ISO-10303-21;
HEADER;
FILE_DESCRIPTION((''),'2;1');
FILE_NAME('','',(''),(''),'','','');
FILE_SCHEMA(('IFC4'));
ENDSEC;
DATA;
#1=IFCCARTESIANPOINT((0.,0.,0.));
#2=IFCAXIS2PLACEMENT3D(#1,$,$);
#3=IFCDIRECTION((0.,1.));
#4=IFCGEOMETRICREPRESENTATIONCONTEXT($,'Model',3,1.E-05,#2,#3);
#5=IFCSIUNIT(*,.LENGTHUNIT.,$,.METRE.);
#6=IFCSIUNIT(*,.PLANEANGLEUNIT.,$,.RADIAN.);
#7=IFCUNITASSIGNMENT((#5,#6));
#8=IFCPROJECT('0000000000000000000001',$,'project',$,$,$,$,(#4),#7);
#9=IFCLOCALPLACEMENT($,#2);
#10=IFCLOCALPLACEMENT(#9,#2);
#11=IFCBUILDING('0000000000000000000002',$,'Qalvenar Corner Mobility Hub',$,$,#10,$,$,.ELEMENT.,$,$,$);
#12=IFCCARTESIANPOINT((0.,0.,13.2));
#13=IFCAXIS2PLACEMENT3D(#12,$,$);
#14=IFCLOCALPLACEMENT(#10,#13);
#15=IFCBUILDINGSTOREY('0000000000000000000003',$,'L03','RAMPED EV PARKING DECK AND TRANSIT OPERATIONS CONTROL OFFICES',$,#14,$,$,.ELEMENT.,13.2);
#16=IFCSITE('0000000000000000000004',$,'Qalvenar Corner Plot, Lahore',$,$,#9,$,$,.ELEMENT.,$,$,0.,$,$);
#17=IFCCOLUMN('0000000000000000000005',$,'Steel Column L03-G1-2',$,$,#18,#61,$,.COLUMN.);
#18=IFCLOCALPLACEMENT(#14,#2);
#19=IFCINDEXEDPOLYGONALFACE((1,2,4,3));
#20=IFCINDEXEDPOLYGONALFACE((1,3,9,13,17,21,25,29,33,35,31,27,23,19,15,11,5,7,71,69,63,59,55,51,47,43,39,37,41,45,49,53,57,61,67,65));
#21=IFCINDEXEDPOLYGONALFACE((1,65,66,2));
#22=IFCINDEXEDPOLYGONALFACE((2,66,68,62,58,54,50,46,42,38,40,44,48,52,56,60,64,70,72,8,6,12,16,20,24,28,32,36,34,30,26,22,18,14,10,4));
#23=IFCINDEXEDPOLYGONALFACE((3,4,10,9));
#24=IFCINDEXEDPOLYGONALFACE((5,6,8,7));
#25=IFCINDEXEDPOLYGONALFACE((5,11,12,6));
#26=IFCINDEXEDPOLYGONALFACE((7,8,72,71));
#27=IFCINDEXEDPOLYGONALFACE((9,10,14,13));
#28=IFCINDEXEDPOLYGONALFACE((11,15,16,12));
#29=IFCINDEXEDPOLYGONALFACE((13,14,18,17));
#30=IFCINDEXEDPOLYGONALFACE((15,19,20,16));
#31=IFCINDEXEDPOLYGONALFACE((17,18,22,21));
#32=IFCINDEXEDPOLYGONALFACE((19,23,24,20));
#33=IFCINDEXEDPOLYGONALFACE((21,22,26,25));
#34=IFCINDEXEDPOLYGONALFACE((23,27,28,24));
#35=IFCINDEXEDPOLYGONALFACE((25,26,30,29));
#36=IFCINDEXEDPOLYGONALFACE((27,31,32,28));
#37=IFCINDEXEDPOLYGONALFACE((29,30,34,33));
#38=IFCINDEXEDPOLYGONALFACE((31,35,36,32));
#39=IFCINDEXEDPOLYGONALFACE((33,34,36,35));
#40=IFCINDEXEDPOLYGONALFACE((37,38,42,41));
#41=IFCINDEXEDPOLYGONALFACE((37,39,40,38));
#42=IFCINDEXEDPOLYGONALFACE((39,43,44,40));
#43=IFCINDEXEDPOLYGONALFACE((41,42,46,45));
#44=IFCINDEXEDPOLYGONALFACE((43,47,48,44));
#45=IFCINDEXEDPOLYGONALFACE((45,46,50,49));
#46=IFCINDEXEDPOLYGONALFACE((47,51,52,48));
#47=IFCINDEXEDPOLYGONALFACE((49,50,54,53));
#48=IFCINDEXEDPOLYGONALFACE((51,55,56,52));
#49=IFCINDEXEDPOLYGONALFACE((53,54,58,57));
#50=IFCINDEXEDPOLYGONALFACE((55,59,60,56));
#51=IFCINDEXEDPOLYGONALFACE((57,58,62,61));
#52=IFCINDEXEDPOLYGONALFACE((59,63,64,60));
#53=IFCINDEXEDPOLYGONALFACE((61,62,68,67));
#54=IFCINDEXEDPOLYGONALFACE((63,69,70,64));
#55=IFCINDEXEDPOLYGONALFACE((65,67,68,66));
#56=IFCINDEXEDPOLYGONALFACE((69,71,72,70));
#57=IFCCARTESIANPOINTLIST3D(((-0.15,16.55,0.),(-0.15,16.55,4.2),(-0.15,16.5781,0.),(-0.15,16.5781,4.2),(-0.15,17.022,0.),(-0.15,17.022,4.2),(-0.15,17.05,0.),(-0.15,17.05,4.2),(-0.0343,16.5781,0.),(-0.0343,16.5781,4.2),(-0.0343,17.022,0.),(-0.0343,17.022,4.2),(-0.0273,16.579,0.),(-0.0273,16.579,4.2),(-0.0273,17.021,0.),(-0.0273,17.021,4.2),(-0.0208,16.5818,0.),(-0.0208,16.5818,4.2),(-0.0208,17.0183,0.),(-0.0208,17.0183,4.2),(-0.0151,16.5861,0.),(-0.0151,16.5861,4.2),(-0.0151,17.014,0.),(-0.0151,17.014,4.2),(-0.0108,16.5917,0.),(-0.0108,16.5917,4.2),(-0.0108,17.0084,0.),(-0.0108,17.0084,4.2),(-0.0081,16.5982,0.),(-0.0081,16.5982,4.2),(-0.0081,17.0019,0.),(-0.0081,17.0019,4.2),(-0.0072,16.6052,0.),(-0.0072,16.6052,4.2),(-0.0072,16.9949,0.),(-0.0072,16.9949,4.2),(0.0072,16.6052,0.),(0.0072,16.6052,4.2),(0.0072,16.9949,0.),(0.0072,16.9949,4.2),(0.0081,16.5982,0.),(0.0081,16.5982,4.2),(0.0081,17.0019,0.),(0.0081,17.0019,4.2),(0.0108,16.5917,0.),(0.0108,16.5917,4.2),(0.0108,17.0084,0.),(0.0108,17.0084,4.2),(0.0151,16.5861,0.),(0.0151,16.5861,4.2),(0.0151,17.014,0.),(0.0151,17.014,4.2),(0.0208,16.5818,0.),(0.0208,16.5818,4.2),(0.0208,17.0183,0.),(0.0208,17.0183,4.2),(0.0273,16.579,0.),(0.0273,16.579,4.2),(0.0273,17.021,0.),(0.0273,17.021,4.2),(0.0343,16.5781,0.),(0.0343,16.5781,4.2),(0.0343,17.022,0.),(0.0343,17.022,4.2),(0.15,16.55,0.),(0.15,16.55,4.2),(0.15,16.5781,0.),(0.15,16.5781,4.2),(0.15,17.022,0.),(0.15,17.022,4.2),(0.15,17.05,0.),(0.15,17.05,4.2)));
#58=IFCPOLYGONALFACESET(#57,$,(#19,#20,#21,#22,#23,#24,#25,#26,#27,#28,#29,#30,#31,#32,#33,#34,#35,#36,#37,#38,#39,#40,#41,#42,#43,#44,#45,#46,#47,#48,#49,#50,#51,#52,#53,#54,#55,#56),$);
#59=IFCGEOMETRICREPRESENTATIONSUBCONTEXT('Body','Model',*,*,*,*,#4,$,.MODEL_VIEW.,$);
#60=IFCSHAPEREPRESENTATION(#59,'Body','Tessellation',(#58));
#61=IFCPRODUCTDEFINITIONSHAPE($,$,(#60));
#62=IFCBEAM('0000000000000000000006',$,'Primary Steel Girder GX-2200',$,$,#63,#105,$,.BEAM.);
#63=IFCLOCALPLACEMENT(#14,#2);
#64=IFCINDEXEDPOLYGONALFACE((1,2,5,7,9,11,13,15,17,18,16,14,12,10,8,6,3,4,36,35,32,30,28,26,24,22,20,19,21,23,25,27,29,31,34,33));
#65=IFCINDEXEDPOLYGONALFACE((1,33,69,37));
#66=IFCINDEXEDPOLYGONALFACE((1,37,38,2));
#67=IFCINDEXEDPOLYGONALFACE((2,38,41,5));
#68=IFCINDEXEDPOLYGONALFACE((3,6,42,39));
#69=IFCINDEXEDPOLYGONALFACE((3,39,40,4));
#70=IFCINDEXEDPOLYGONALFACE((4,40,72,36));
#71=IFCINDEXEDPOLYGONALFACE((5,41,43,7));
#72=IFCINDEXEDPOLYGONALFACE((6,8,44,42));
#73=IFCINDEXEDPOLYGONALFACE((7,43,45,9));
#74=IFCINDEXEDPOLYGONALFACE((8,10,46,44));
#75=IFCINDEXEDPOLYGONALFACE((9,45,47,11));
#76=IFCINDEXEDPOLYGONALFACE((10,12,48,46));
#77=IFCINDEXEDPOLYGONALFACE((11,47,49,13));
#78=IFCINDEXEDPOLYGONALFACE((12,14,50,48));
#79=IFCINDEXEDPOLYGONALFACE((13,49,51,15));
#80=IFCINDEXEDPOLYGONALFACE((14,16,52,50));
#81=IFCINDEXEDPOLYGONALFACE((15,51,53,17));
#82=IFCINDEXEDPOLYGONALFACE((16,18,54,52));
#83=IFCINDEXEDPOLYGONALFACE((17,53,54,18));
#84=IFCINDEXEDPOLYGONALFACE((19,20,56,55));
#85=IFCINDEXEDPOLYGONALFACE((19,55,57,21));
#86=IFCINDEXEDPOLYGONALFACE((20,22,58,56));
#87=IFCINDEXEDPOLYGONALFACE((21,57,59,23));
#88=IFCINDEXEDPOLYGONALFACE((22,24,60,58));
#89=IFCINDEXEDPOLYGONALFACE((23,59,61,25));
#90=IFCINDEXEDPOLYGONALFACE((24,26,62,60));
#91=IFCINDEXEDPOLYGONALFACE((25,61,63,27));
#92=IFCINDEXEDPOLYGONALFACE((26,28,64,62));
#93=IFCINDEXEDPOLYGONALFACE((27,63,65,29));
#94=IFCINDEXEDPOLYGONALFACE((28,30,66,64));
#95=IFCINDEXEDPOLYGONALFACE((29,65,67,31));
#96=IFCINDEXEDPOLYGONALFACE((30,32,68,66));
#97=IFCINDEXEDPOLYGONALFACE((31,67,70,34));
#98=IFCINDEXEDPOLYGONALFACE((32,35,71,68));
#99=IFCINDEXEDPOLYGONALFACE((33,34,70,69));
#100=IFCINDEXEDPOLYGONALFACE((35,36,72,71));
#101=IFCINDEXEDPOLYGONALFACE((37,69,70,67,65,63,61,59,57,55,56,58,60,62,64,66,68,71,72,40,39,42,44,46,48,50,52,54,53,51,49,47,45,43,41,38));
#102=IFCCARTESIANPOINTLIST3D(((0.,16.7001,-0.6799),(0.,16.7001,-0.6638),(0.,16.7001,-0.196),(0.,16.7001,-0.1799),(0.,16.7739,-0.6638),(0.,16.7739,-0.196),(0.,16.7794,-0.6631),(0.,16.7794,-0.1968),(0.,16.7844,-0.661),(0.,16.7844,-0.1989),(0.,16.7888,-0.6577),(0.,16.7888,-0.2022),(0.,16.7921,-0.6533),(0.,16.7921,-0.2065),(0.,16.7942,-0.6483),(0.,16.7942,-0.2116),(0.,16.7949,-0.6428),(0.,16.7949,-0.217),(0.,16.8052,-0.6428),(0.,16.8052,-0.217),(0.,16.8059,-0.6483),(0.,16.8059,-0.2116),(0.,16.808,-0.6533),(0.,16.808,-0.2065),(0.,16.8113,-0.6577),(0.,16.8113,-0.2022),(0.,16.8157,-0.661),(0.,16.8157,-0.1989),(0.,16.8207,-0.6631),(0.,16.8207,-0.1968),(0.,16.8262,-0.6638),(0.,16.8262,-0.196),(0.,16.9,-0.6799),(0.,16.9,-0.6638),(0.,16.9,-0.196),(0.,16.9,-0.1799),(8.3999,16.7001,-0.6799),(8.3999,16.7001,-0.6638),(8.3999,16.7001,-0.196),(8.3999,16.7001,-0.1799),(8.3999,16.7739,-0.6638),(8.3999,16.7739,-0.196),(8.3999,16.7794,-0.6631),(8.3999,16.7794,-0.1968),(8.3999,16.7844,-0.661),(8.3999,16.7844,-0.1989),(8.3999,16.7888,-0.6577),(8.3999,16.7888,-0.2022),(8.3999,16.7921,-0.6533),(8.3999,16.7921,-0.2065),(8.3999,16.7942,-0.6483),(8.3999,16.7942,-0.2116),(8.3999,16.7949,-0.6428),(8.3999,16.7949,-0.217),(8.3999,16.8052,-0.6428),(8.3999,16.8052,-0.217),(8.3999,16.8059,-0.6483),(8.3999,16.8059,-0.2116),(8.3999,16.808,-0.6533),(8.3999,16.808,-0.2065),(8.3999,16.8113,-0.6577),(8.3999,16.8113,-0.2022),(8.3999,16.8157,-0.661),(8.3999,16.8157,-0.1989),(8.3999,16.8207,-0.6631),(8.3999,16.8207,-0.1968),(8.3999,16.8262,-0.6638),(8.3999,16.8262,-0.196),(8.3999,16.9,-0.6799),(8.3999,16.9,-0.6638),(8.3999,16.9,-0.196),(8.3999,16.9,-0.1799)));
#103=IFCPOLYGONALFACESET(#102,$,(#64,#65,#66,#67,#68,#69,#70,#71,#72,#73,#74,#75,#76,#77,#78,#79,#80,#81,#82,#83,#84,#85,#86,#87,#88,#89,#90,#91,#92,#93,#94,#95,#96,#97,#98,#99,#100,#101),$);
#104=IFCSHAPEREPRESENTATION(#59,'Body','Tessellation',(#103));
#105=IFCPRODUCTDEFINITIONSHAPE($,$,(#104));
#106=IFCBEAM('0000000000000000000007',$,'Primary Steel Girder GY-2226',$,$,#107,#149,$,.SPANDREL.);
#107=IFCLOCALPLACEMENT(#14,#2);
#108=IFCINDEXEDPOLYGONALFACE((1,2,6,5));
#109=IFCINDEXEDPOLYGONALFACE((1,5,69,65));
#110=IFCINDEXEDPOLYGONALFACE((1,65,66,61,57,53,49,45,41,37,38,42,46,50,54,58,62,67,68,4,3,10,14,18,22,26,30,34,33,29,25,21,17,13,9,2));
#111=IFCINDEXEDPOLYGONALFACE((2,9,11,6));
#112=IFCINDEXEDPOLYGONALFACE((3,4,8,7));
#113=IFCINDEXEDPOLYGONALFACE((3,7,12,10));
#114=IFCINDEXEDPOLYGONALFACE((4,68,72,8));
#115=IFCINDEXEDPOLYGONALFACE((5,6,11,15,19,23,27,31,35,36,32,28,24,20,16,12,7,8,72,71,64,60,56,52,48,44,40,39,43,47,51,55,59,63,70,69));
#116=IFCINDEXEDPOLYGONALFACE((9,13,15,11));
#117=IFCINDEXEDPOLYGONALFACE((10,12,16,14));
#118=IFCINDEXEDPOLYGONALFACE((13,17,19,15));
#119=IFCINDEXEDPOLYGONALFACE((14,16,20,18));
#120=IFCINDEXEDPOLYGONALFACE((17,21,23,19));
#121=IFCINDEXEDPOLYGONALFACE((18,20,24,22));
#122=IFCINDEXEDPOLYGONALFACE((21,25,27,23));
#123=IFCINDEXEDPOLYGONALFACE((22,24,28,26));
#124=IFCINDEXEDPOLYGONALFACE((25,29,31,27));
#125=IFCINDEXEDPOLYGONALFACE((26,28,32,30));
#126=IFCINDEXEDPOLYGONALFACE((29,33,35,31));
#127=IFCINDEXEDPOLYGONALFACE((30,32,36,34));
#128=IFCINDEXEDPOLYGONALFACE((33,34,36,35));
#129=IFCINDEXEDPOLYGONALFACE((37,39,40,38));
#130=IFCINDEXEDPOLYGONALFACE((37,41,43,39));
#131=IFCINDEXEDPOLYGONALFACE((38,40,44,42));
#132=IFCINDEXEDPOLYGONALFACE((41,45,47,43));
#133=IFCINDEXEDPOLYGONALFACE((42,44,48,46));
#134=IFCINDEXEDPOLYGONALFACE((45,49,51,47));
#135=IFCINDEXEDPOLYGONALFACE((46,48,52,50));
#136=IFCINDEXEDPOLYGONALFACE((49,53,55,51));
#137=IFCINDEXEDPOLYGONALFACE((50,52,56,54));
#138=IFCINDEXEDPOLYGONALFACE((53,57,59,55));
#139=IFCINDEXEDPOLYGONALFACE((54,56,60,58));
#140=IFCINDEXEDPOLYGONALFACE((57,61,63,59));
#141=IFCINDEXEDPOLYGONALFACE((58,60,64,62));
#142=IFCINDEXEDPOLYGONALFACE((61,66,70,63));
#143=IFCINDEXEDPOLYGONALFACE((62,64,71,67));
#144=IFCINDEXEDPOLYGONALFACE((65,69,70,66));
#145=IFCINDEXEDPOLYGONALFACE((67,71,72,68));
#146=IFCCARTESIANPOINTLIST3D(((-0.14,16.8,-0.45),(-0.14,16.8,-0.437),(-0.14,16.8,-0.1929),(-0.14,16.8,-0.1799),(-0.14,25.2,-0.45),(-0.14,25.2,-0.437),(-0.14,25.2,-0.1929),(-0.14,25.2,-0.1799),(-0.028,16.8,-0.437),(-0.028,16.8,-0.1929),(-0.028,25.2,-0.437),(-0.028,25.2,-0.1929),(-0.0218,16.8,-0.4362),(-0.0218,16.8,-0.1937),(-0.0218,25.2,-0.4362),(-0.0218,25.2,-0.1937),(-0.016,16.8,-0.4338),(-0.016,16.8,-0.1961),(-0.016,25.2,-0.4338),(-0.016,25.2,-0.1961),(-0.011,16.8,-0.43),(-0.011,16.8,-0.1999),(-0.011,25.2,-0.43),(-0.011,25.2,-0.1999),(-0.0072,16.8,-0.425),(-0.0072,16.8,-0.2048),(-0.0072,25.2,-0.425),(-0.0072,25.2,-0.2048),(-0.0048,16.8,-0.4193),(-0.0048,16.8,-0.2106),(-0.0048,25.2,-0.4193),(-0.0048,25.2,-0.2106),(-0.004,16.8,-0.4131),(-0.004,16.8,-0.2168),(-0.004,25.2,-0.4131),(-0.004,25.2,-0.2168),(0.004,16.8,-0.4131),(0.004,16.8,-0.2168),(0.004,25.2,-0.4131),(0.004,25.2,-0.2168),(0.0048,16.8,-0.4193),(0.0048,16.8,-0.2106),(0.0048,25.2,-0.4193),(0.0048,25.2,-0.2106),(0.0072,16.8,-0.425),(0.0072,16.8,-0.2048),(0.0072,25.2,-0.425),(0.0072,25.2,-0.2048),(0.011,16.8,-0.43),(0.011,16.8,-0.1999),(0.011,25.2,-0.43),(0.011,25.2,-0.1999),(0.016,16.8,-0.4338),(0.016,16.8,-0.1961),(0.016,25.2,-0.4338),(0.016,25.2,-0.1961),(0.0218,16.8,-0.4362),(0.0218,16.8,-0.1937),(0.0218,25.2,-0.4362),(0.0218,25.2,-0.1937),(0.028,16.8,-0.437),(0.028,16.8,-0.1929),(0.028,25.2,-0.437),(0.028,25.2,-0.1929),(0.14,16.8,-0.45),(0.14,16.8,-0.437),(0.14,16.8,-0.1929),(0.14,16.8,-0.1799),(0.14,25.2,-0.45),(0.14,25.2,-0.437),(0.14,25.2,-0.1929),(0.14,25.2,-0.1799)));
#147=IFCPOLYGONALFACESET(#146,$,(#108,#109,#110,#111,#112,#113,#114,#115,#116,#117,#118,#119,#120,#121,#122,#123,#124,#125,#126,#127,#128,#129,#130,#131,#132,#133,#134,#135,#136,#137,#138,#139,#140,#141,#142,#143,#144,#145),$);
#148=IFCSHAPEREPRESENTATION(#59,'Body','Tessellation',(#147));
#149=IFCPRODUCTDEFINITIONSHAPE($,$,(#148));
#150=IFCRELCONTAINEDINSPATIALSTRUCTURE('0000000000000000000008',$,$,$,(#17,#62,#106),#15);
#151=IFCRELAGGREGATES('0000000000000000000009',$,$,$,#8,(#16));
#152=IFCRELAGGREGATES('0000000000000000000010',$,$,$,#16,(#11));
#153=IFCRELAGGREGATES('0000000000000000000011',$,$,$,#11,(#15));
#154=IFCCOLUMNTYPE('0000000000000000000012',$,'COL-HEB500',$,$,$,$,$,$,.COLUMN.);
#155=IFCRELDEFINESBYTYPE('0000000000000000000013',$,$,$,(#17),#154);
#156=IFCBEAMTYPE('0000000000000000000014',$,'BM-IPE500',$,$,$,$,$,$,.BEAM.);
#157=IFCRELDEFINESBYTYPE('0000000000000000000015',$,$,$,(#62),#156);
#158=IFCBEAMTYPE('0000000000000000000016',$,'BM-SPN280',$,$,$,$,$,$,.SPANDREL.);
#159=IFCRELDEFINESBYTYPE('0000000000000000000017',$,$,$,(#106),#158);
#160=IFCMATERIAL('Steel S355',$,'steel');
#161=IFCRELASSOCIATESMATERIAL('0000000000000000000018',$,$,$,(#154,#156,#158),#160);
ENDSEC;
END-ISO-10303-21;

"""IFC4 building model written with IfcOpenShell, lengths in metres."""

from ifc_helpers import new_model, si_unit, direction, frame, origin, origin_2d, place, context, subcontext, project, spatial, i_section, extrude, material, material_profile, profile_set, type_object, element, save


model = new_model("IFC4")

# Units and contexts
model_context = context("Model", 3, precision=1e-05, world=origin(), true_north=direction((0.0, 1.0)))
body_context = subcontext(model_context, "Body", "Model", "MODEL_VIEW")
ifc_project = project(units=[si_unit("LENGTHUNIT", "METRE"), si_unit("PLANEANGLEUNIT", "RADIAN")], contexts=[model_context])

# Site, building, storey
site_placement = place(None, origin())
site = spatial("IfcSite", under=ifc_project, at=site_placement, Name="Qalvenar Corner Plot, Lahore", CompositionType="ELEMENT", RefElevation=0.0)
building_placement = place(site_placement, origin())
building = spatial("IfcBuilding", under=site, at=building_placement, Name="Qalvenar Corner Mobility Hub", CompositionType="ELEMENT")
storey_placement = place(building_placement, frame((0.0, 0.0, 13.2)))
storey = spatial("IfcBuildingStorey", under=building, at=storey_placement, Name="L03", Description="RAMPED EV PARKING DECK AND TRANSIT OPERATIONS CONTROL OFFICES", CompositionType="ELEMENT", Elevation=13.2)

# Column
ifc_material_1 = material(Name="Steel S355", Category="steel")
ifc_material_profile_1 = material_profile(ifc_material_1, i_section(OverallWidth=0.3, OverallDepth=0.5, WebThickness=0.0144, FlangeThickness=0.0281, FilletRadius=0.0271, at=origin_2d()), Name="HEB500")
ifc_profile_set_1 = profile_set([ifc_material_profile_1], Name="Steel S355")
column_type = type_object("IfcColumnType", Name="COL-HEB500", PredefinedType="COLUMN", material=ifc_profile_set_1)
column_placement = place(storey_placement, frame((0.0, 16.8, 0.0), z_axis=(0.0, 0.0, 1.0), x_axis=(1.0, 0.0, 0.0)))
element("IfcColumn", 1, at=column_placement, inside=storey, type_object=column_type, Name="Steel Column L03-G1-2", PredefinedType="COLUMN", context=body_context, shape_type="SweptSolid", body=[
    extrude(i_section(OverallWidth=0.3, OverallDepth=0.5, WebThickness=0.0144, FlangeThickness=0.0281, FilletRadius=0.0271, at=origin_2d()), origin(), (0.0, 0.0, 1.0), 4.2),
])

# Beams
ifc_material_profile_2 = material_profile(ifc_material_1, i_section(OverallWidth=0.2, OverallDepth=0.5, WebThickness=0.0103, FlangeThickness=0.0161, FilletRadius=0.021, at=origin_2d()), Name="IPE500")
ifc_profile_set_2 = profile_set([ifc_material_profile_2], Name="Steel S355")
beam_type_1 = type_object("IfcBeamType", Name="BM-IPE500", PredefinedType="BEAM", material=ifc_profile_set_2)
beam_1_placement = place(storey_placement, frame((0.0, 16.8, -0.4299), z_axis=(1.0, 0.0, 0.0), x_axis=(0.0, 1.0, 0.0)))
element("IfcBeam", 2, at=beam_1_placement, inside=storey, type_object=beam_type_1, Name="Primary Steel Girder GX-2200", PredefinedType="BEAM", context=body_context, shape_type="SweptSolid", body=[
    extrude(i_section(OverallWidth=0.2, OverallDepth=0.5, WebThickness=0.0103, FlangeThickness=0.0161, FilletRadius=0.021, at=origin_2d()), origin(), (0.0, 0.0, 1.0), 8.3999),
])
ifc_material_profile_3 = material_profile(ifc_material_1, i_section(OverallWidth=0.28, OverallDepth=0.27, WebThickness=0.0081, FlangeThickness=0.0129, FilletRadius=0.0239, at=origin_2d()), Name="HEA280")
ifc_profile_set_3 = profile_set([ifc_material_profile_3], Name="Steel S355")
beam_type_2 = type_object("IfcBeamType", Name="BM-SPN280", PredefinedType="SPANDREL", material=ifc_profile_set_3)
beam_2_placement = place(storey_placement, frame((0.0, 16.8, -0.3149), z_axis=(0.0, 1.0, 0.0), x_axis=(-1.0, 0.0, 0.0)))
element("IfcBeam", 3, at=beam_2_placement, inside=storey, type_object=beam_type_2, Name="Primary Steel Girder GY-2226", PredefinedType="SPANDREL", context=body_context, shape_type="SweptSolid", body=[
    extrude(i_section(OverallWidth=0.28, OverallDepth=0.27, WebThickness=0.0081, FlangeThickness=0.0129, FilletRadius=0.0239, at=origin_2d()), origin(), (0.0, 0.0, 1.0), 8.3999),
])

save(model, "model.ifc")
